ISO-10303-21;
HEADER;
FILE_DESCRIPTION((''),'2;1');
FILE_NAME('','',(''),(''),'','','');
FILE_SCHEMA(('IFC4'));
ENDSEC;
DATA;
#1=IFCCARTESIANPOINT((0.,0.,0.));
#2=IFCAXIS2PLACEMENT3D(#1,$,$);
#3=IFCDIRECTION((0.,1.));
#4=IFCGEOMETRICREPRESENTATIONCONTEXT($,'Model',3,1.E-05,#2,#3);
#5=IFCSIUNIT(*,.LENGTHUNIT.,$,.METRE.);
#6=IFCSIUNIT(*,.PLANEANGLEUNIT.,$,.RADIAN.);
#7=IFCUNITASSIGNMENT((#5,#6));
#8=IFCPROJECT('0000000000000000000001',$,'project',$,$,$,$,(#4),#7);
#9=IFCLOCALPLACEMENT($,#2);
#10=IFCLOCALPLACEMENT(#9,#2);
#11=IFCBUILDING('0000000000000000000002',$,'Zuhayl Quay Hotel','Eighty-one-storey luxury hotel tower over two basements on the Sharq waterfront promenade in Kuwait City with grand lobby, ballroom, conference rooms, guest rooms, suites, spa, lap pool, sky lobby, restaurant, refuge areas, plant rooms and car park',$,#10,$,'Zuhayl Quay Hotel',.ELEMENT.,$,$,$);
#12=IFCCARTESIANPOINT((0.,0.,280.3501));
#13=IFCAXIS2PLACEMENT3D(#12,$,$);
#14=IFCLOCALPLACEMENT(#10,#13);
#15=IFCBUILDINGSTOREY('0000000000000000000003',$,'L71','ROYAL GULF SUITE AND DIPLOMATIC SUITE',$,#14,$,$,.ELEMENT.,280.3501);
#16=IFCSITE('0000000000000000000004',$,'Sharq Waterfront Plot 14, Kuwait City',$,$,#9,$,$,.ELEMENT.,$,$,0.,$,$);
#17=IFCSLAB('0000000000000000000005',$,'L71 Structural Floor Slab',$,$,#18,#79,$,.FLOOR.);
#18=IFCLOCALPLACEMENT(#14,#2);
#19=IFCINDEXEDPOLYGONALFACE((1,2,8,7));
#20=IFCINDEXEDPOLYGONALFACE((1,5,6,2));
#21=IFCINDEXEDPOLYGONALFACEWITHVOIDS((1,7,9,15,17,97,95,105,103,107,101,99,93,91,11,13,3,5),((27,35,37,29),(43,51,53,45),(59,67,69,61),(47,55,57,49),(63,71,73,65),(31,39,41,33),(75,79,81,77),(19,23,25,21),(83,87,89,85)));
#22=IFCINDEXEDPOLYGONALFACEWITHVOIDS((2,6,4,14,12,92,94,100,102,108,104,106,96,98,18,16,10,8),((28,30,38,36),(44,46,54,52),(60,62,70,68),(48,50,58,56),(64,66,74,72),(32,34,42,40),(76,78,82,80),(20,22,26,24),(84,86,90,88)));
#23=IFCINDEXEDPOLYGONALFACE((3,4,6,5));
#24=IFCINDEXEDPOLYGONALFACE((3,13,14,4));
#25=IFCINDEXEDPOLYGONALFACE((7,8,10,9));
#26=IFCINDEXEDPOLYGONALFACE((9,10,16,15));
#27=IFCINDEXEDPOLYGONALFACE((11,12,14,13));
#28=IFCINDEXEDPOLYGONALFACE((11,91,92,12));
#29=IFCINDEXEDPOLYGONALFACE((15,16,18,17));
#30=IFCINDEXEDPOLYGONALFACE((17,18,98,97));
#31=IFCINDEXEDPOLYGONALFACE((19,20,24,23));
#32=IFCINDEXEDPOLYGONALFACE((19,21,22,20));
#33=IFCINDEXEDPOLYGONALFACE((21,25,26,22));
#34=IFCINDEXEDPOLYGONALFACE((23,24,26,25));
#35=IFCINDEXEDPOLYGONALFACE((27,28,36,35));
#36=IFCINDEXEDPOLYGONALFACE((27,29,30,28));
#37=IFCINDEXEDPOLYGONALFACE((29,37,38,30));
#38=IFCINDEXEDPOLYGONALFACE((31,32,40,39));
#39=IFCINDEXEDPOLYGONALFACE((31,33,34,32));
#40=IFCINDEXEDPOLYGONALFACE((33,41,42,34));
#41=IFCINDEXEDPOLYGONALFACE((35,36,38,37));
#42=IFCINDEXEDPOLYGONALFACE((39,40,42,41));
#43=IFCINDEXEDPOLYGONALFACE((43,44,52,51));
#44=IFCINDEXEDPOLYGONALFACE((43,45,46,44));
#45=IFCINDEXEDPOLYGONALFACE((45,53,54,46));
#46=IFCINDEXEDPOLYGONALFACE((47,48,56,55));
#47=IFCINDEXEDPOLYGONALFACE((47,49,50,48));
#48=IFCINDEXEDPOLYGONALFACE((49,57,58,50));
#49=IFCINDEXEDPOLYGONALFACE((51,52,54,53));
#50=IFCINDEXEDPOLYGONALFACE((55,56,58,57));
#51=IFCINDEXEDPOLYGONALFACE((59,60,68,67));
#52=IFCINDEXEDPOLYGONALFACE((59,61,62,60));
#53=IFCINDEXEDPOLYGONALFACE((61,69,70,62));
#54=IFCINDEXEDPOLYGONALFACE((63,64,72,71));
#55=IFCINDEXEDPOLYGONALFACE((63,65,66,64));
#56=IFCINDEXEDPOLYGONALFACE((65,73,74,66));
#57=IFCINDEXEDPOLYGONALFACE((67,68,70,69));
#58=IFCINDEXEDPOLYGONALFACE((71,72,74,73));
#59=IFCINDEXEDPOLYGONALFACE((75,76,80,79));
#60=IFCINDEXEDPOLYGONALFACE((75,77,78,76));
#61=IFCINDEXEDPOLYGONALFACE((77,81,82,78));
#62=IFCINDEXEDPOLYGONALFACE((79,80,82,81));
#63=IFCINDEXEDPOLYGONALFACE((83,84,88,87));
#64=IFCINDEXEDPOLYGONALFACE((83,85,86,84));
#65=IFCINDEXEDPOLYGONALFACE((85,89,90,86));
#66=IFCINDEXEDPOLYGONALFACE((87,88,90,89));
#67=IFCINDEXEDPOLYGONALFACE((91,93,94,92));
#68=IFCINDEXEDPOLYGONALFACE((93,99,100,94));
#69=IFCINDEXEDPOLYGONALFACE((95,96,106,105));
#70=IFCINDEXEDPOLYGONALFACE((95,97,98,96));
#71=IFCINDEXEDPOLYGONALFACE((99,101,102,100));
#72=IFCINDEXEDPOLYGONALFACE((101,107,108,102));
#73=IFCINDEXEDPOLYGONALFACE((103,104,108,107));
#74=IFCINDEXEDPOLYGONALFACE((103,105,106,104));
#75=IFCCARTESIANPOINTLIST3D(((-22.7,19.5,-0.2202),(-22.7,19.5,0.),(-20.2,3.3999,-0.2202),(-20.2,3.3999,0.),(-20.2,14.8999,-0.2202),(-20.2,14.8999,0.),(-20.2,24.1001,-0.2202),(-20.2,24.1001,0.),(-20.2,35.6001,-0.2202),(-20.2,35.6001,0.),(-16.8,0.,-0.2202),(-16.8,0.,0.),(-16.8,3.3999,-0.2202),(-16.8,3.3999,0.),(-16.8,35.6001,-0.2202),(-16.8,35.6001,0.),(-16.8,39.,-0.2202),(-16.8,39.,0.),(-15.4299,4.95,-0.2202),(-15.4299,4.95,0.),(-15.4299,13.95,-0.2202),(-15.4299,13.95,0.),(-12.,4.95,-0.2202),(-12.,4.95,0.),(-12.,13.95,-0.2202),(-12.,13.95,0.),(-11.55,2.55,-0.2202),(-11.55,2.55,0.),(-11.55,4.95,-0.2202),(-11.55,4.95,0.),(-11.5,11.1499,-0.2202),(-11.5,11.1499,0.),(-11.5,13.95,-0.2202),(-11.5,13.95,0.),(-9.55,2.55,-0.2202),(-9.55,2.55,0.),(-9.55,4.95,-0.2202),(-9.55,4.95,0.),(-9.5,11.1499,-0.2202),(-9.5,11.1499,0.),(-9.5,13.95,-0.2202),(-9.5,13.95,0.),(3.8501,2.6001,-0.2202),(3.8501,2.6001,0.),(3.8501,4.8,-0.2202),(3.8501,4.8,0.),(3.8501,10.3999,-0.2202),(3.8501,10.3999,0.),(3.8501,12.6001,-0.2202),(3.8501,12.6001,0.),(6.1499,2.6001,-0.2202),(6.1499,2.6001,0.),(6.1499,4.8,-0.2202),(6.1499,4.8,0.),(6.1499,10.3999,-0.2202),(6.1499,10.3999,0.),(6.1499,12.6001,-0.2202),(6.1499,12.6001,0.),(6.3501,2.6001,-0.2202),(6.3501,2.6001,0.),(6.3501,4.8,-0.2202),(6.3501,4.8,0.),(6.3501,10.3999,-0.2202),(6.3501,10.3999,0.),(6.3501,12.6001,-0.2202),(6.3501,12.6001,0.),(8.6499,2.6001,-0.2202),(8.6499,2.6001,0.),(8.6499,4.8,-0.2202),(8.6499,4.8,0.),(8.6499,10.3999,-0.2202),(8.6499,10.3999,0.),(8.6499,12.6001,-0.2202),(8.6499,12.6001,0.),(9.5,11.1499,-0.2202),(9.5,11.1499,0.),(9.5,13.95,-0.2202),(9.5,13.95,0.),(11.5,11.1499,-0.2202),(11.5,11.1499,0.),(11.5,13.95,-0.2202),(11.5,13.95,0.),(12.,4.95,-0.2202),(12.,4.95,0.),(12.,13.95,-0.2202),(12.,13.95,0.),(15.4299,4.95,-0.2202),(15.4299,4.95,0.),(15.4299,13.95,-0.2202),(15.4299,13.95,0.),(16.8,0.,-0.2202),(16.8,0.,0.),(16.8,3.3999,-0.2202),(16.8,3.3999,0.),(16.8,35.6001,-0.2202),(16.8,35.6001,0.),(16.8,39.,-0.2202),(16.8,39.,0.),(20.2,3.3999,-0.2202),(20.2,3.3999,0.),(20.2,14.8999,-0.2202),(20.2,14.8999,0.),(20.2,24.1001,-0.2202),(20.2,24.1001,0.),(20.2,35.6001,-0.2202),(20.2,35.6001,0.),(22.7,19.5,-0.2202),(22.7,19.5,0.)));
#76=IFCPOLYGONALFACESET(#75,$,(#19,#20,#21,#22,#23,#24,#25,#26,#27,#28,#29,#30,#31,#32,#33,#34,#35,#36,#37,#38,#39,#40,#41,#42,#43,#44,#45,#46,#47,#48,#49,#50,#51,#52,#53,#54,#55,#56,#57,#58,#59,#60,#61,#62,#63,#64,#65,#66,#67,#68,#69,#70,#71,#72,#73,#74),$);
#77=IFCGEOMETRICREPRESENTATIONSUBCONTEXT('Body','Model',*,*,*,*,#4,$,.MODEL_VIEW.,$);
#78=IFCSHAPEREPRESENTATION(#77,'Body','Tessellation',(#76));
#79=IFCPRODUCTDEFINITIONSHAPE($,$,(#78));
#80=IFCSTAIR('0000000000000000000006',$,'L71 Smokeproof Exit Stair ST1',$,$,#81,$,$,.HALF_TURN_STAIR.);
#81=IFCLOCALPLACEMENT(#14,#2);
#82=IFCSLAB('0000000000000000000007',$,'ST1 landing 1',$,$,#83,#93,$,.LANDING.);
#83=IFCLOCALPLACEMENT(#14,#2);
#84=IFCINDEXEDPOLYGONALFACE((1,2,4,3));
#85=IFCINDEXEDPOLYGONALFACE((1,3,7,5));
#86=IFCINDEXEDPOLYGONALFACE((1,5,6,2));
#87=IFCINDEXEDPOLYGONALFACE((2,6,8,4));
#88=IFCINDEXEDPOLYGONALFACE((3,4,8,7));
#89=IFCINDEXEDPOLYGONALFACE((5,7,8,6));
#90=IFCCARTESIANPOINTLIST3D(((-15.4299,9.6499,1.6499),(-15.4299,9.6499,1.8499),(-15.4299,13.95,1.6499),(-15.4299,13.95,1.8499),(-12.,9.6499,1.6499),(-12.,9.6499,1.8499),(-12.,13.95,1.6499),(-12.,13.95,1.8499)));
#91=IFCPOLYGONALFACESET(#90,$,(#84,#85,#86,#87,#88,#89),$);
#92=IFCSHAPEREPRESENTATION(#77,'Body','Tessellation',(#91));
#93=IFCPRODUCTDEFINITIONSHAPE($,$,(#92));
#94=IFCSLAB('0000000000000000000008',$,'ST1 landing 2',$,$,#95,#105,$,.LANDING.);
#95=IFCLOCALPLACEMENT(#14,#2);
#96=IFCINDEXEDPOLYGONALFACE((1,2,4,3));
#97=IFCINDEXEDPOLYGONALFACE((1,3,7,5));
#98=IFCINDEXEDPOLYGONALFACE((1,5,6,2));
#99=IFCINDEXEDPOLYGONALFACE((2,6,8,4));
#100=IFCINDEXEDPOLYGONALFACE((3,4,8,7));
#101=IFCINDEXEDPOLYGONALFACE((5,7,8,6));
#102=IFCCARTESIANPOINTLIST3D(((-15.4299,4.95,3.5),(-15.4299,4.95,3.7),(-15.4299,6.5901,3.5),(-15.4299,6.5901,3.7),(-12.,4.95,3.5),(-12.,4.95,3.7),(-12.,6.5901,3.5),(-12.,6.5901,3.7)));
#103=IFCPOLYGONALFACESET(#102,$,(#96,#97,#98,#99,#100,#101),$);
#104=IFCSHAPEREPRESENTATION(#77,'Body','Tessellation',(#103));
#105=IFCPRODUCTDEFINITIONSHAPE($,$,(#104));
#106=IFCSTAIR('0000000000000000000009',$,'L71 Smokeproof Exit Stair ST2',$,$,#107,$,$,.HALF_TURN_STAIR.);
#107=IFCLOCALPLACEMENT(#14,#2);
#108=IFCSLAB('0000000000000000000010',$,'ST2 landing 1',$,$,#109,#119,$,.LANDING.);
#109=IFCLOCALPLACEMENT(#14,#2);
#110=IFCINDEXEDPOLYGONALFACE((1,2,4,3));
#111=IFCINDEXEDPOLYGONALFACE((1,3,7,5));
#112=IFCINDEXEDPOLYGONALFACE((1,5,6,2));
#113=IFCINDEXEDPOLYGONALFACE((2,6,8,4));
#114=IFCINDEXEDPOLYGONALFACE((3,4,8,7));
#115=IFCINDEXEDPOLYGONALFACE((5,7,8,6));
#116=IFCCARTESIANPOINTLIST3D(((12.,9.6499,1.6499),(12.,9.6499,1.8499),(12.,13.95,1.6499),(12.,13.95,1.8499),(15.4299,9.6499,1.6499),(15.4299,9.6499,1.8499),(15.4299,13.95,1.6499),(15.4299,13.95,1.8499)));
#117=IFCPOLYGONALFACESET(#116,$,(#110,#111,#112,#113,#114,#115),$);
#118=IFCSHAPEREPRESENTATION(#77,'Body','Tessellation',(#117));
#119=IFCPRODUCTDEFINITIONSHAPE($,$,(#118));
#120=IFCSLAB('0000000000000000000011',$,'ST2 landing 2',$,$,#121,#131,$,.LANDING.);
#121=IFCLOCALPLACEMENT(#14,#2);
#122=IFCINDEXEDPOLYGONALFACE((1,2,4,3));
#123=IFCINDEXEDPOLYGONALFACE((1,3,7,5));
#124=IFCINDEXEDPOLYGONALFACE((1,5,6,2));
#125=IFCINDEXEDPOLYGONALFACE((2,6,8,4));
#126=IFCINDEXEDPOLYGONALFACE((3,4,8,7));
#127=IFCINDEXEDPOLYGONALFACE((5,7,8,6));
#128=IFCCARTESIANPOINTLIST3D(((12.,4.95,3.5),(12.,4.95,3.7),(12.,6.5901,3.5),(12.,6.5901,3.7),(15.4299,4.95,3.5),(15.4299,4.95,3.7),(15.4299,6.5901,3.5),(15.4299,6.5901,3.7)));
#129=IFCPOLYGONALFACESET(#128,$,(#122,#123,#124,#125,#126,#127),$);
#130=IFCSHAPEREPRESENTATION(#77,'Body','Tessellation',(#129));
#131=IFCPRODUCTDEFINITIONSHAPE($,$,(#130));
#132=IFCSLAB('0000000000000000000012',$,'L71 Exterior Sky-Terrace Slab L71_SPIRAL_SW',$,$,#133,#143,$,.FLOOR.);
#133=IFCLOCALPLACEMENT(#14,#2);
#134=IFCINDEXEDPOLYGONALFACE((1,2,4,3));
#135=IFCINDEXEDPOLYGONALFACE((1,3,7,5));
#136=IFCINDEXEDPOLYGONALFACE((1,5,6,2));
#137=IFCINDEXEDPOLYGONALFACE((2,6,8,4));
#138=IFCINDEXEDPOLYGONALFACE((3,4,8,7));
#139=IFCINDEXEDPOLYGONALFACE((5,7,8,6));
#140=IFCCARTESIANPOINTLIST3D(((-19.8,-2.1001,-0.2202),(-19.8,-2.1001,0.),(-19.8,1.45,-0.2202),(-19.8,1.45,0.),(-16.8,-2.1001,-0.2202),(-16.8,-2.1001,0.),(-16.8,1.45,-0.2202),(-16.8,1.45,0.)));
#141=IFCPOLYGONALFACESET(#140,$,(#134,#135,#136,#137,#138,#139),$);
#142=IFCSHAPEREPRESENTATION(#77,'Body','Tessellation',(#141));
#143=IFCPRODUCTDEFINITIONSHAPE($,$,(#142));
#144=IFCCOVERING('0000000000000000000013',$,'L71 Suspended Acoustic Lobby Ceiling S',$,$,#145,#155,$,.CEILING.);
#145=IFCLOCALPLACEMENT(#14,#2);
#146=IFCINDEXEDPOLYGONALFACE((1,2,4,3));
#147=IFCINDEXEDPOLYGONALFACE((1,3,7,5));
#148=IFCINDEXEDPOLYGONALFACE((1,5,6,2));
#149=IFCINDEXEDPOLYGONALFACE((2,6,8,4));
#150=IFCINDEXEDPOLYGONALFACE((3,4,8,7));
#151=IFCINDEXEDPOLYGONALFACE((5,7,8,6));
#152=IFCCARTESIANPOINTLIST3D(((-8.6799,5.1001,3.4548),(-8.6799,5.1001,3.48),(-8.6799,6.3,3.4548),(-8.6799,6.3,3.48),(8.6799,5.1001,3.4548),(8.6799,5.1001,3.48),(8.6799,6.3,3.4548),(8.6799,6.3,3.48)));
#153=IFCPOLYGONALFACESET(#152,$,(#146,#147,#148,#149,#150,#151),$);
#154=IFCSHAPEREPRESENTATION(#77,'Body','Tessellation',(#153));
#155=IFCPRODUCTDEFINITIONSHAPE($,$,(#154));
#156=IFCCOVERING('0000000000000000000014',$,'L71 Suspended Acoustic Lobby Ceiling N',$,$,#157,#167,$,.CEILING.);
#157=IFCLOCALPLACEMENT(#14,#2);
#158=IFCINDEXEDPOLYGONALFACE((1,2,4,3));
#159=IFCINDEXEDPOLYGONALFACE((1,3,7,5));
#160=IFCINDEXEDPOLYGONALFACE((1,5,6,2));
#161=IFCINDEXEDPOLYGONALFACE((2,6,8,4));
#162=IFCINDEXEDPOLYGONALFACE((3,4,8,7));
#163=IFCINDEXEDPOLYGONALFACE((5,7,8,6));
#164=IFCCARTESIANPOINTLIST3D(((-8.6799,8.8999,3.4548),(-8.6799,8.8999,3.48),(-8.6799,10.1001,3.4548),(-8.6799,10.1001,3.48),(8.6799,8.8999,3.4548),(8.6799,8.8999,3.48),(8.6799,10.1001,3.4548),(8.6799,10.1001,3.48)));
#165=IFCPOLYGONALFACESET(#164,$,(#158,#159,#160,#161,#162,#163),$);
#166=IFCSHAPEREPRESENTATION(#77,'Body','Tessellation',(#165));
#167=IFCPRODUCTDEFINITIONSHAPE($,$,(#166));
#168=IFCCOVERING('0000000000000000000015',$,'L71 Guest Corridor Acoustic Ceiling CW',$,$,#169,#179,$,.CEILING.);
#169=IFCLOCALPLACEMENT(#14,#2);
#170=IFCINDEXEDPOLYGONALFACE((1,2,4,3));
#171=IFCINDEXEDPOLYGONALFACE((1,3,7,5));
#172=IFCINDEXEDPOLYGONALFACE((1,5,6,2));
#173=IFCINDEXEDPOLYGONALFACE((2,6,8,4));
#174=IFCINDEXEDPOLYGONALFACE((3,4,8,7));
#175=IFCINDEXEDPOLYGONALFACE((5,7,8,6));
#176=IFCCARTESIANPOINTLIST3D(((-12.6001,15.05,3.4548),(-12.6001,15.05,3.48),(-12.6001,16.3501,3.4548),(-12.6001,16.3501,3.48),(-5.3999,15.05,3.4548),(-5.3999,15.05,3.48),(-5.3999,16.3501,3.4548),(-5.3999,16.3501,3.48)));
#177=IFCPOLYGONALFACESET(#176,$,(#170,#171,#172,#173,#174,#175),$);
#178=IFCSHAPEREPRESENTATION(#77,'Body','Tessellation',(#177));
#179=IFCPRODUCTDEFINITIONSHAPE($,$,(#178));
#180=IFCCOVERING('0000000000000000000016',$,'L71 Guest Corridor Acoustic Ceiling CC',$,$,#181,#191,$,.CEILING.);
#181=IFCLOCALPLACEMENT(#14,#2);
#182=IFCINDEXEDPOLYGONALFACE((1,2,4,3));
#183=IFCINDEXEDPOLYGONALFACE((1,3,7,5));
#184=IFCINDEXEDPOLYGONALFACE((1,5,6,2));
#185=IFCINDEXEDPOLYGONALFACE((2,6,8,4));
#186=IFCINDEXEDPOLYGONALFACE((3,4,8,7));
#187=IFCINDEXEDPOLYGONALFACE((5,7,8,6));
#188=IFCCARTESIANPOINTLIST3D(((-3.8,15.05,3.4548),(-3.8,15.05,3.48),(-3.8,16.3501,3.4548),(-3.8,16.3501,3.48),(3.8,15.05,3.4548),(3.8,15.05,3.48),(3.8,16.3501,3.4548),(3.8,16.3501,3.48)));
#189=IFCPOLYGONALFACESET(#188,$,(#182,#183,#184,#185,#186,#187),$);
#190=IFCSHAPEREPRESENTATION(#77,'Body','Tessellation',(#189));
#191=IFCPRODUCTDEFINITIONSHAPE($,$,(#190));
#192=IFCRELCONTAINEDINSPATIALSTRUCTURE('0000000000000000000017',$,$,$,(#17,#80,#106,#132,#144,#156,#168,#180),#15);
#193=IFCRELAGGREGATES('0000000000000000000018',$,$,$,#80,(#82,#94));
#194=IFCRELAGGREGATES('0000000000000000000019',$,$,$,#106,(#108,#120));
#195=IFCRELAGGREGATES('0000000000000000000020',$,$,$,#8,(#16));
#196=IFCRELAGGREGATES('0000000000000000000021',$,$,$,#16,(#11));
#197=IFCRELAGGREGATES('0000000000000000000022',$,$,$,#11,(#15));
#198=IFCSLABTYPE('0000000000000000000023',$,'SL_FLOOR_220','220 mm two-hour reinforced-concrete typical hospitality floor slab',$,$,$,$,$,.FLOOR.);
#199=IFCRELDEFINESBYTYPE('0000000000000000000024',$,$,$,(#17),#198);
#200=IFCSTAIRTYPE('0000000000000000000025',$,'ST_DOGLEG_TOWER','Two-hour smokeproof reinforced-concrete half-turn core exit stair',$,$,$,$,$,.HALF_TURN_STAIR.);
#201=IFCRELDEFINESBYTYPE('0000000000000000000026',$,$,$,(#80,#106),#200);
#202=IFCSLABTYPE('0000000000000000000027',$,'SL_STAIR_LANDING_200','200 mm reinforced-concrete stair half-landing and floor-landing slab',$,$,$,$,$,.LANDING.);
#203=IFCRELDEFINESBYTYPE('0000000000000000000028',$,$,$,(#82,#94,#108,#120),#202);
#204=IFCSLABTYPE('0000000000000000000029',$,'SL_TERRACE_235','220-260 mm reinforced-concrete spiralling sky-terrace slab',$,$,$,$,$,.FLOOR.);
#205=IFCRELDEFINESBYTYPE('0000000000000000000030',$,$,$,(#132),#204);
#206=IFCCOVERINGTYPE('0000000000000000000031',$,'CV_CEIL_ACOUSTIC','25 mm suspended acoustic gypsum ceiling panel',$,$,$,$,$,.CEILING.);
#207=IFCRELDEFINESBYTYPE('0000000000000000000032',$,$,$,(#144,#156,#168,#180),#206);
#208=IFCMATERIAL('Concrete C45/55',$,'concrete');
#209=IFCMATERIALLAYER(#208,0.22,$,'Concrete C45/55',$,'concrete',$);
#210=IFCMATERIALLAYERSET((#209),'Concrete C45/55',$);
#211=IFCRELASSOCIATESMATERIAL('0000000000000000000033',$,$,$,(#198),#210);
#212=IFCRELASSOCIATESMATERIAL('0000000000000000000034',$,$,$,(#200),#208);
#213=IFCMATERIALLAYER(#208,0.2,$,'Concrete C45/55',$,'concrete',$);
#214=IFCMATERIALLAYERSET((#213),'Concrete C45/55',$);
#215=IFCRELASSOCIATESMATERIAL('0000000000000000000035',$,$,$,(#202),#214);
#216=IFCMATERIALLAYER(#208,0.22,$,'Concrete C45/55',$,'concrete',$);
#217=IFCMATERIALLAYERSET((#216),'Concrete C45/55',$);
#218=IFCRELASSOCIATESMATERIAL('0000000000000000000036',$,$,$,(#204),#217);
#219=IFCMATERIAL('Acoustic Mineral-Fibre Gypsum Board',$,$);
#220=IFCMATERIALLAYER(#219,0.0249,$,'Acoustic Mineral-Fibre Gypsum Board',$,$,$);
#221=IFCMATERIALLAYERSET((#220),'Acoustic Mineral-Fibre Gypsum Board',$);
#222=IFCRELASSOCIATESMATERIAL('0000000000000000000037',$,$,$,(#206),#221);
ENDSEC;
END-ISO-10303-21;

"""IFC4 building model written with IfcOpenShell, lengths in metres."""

from ifc_helpers import new_model, si_unit, direction, frame, origin, place, context, subcontext, project, spatial, polyline, outline, extrude, material, layer, layer_set, type_object, element, aggregate, save


model = new_model("IFC4")

# Units and contexts
model_context = context("Model", 3, precision=1e-05, world=origin(), true_north=direction((0.0, 1.0)))
body_context = subcontext(model_context, "Body", "Model", "MODEL_VIEW")
ifc_project = project(units=[si_unit("LENGTHUNIT", "METRE"), si_unit("PLANEANGLEUNIT", "RADIAN")], contexts=[model_context])

# Site, building, storey
site_placement = place(None, origin())
site = spatial("IfcSite", under=ifc_project, at=site_placement, Name="Sharq Waterfront Plot 14, Kuwait City", CompositionType="ELEMENT", RefElevation=0.0)
building_placement = place(site_placement, origin())
building = spatial("IfcBuilding", under=site, at=building_placement, Name="Zuhayl Quay Hotel", Description="Eighty-one-storey luxury hotel tower over two basements on the Sharq waterfront promenade in Kuwait City with grand lobby, ballroom, conference rooms, guest rooms, suites, spa, lap pool, sky lobby, restaurant, refuge areas, plant rooms and car park", LongName="Zuhayl Quay Hotel", CompositionType="ELEMENT")
storey_placement = place(building_placement, frame((0.0, 0.0, 280.3501)))
storey = spatial("IfcBuildingStorey", under=building, at=storey_placement, Name="L71", Description="ROYAL GULF SUITE AND DIPLOMATIC SUITE", CompositionType="ELEMENT", Elevation=280.3501)

# Slab
ifc_material_1 = material(Name="Concrete C45/55", Category="concrete")
ifc_layer_1 = layer(ifc_material_1, 0.22, Name="Concrete C45/55", Category="concrete")
ifc_layer_set_1 = layer_set([ifc_layer_1], Name="Concrete C45/55")
slab_type_1 = type_object("IfcSlabType", Name="SL_FLOOR_220", Description="220 mm two-hour reinforced-concrete typical hospitality floor slab", PredefinedType="FLOOR", material=ifc_layer_set_1)
slab_1_placement = place(storey_placement, frame((0.0, 0.0, -0.2202)))
element("IfcSlab", 1, at=slab_1_placement, inside=storey, type_object=slab_type_1, Name="L71 Structural Floor Slab", PredefinedType="FLOOR", context=body_context, shape_type="SweptSolid", body=[
    extrude(outline(polyline([(-16.8, 0.0), (16.8, 0.0), (16.8, 3.3999), (20.2, 3.3999), (20.2, 14.8999), (22.7, 19.5), (20.2, 24.1001), (20.2, 35.6001), (16.8, 35.6001), (16.8, 39.0), (-16.8, 39.0), (-16.8, 35.6001), (-20.2, 35.6001), (-20.2, 24.1001), (-22.7, 19.5), (-20.2, 14.8999), (-20.2, 3.3999), (-16.8, 3.3999), (-16.8, 0.0)]), holes=[polyline([(-12.0, 4.95), (-12.0, 13.95), (-15.4299, 13.95), (-15.4299, 4.95), (-12.0, 4.95)]), polyline([(15.4299, 4.95), (15.4299, 13.95), (12.0, 13.95), (12.0, 4.95), (15.4299, 4.95)]), polyline([(-11.5, 11.1499), (-9.5, 11.1499), (-9.5, 13.95), (-11.5, 13.95), (-11.5, 11.1499)]), polyline([(9.5, 11.1499), (11.5, 11.1499), (11.5, 13.95), (9.5, 13.95), (9.5, 11.1499)]), polyline([(3.8501, 2.6001), (6.1499, 2.6001), (6.1499, 4.8), (3.8501, 4.8), (3.8501, 2.6001)]), polyline([(6.3501, 2.6001), (8.6499, 2.6001), (8.6499, 4.8), (6.3501, 4.8), (6.3501, 2.6001)]), polyline([(3.8501, 10.3999), (6.1499, 10.3999), (6.1499, 12.6001), (3.8501, 12.6001), (3.8501, 10.3999)]), polyline([(6.3501, 10.3999), (8.6499, 10.3999), (8.6499, 12.6001), (6.3501, 12.6001), (6.3501, 10.3999)]), polyline([(-11.55, 2.55), (-9.55, 2.55), (-9.55, 4.95), (-11.55, 4.95), (-11.55, 2.55)])]), origin(), (0.0, 0.0, 1.0), 0.2202),
])

# Stairs, slabs
stair_type = type_object("IfcStairType", Name="ST_DOGLEG_TOWER", Description="Two-hour smokeproof reinforced-concrete half-turn core exit stair", PredefinedType="HALF_TURN_STAIR", material=ifc_material_1)
stair_1_placement = place(storey_placement, origin())
stair_1 = element("IfcStair", 2, at=stair_1_placement, inside=storey, type_object=stair_type, Name="L71 Smokeproof Exit Stair ST1", PredefinedType="HALF_TURN_STAIR")
ifc_layer_2 = layer(ifc_material_1, 0.2, Name="Concrete C45/55", Category="concrete")
ifc_layer_set_2 = layer_set([ifc_layer_2], Name="Concrete C45/55")
slab_type_2 = type_object("IfcSlabType", Name="SL_STAIR_LANDING_200", Description="200 mm reinforced-concrete stair half-landing and floor-landing slab", PredefinedType="LANDING", material=ifc_layer_set_2)
slab_2_placement = place(storey_placement, frame((0.0, 0.0, 1.6499)))
slab_2 = element("IfcSlab", 3, at=slab_2_placement, type_object=slab_type_2, Name="ST1 landing 1", PredefinedType="LANDING", context=body_context, shape_type="SweptSolid", body=[
    extrude(outline(polyline([(-12.0, 9.6499), (-12.0, 13.95), (-15.4299, 13.95), (-15.4299, 9.6499), (-12.0, 9.6499)])), origin(), (0.0, 0.0, 1.0), 0.2),
])
slab_3_placement = place(storey_placement, frame((0.0, 0.0, 3.5)))
slab_3 = element("IfcSlab", 4, at=slab_3_placement, type_object=slab_type_2, Name="ST1 landing 2", PredefinedType="LANDING", context=body_context, shape_type="SweptSolid", body=[
    extrude(outline(polyline([(-12.0, 4.95), (-12.0, 6.5901), (-15.4299, 6.5901), (-15.4299, 4.95), (-12.0, 4.95)])), origin(), (0.0, 0.0, 1.0), 0.2),
])
aggregate(stair_1, [slab_2, slab_3])
stair_2_placement = place(storey_placement, origin())
stair_2 = element("IfcStair", 5, at=stair_2_placement, inside=storey, type_object=stair_type, Name="L71 Smokeproof Exit Stair ST2", PredefinedType="HALF_TURN_STAIR")
slab_4_placement = place(storey_placement, frame((0.0, 0.0, 1.6499)))
slab_4 = element("IfcSlab", 6, at=slab_4_placement, type_object=slab_type_2, Name="ST2 landing 1", PredefinedType="LANDING", context=body_context, shape_type="SweptSolid", body=[
    extrude(outline(polyline([(15.4299, 9.6499), (15.4299, 13.95), (12.0, 13.95), (12.0, 9.6499), (15.4299, 9.6499)])), origin(), (0.0, 0.0, 1.0), 0.2),
])
slab_5_placement = place(storey_placement, frame((0.0, 0.0, 3.5)))
slab_5 = element("IfcSlab", 7, at=slab_5_placement, type_object=slab_type_2, Name="ST2 landing 2", PredefinedType="LANDING", context=body_context, shape_type="SweptSolid", body=[
    extrude(outline(polyline([(15.4299, 4.95), (15.4299, 6.5901), (12.0, 6.5901), (12.0, 4.95), (15.4299, 4.95)])), origin(), (0.0, 0.0, 1.0), 0.2),
])
aggregate(stair_2, [slab_4, slab_5])

# Slab
ifc_layer_3 = layer(ifc_material_1, 0.22, Name="Concrete C45/55", Category="concrete")
ifc_layer_set_3 = layer_set([ifc_layer_3], Name="Concrete C45/55")
slab_type_3 = type_object("IfcSlabType", Name="SL_TERRACE_235", Description="220-260 mm reinforced-concrete spiralling sky-terrace slab", PredefinedType="FLOOR", material=ifc_layer_set_3)
slab_6_placement = place(storey_placement, frame((0.0, 0.0, -0.2202)))
element("IfcSlab", 8, at=slab_6_placement, inside=storey, type_object=slab_type_3, Name="L71 Exterior Sky-Terrace Slab L71_SPIRAL_SW", PredefinedType="FLOOR", context=body_context, shape_type="SweptSolid", body=[
    extrude(outline(polyline([(-19.8, -2.1001), (-16.8, -2.1001), (-16.8, 1.45), (-19.8, 1.45), (-19.8, -2.1001)])), origin(), (0.0, 0.0, 1.0), 0.2202),
])

# Coverings
ifc_material_2 = material(Name="Acoustic Mineral-Fibre Gypsum Board")
ifc_layer_4 = layer(ifc_material_2, 0.0249, Name="Acoustic Mineral-Fibre Gypsum Board")
ifc_layer_set_4 = layer_set([ifc_layer_4], Name="Acoustic Mineral-Fibre Gypsum Board")
covering_type_1 = type_object("IfcCoveringType", Name="CV_CEIL_ACOUSTIC", Description="25 mm suspended acoustic gypsum ceiling panel", PredefinedType="CEILING", material=ifc_layer_set_4)
covering_1_placement = place(storey_placement, frame((0.0, 0.0, 3.4548)))
element("IfcCovering", 9, at=covering_1_placement, inside=storey, type_object=covering_type_1, Name="L71 Suspended Acoustic Lobby Ceiling S", PredefinedType="CEILING", context=body_context, shape_type="SweptSolid", body=[
    extrude(outline(polyline([(-8.6799, 5.1001), (8.6799, 5.1001), (8.6799, 6.3), (-8.6799, 6.3), (-8.6799, 5.1001)])), origin(), (0.0, 0.0, 1.0), 0.0251),
])
covering_2_placement = place(storey_placement, frame((0.0, 0.0, 3.4548)))
element("IfcCovering", 10, at=covering_2_placement, inside=storey, type_object=covering_type_1, Name="L71 Suspended Acoustic Lobby Ceiling N", PredefinedType="CEILING", context=body_context, shape_type="SweptSolid", body=[
    extrude(outline(polyline([(-8.6799, 8.8999), (8.6799, 8.8999), (8.6799, 10.1001), (-8.6799, 10.1001), (-8.6799, 8.8999)])), origin(), (0.0, 0.0, 1.0), 0.0251),
])
covering_3_placement = place(storey_placement, frame((0.0, 0.0, 3.4548)))
element("IfcCovering", 11, at=covering_3_placement, inside=storey, type_object=covering_type_1, Name="L71 Guest Corridor Acoustic Ceiling CW", PredefinedType="CEILING", context=body_context, shape_type="SweptSolid", body=[
    extrude(outline(polyline([(-12.6001, 15.05), (-5.3999, 15.05), (-5.3999, 16.3501), (-12.6001, 16.3501), (-12.6001, 15.05)])), origin(), (0.0, 0.0, 1.0), 0.0251),
])
covering_4_placement = place(storey_placement, frame((0.0, 0.0, 3.4548)))
element("IfcCovering", 12, at=covering_4_placement, inside=storey, type_object=covering_type_1, Name="L71 Guest Corridor Acoustic Ceiling CC", PredefinedType="CEILING", context=body_context, shape_type="SweptSolid", body=[
    extrude(outline(polyline([(-3.8, 15.05), (3.8, 15.05), (3.8, 16.3501), (-3.8, 16.3501), (-3.8, 15.05)])), origin(), (0.0, 0.0, 1.0), 0.0251),
])

save(model, "model.ifc")
